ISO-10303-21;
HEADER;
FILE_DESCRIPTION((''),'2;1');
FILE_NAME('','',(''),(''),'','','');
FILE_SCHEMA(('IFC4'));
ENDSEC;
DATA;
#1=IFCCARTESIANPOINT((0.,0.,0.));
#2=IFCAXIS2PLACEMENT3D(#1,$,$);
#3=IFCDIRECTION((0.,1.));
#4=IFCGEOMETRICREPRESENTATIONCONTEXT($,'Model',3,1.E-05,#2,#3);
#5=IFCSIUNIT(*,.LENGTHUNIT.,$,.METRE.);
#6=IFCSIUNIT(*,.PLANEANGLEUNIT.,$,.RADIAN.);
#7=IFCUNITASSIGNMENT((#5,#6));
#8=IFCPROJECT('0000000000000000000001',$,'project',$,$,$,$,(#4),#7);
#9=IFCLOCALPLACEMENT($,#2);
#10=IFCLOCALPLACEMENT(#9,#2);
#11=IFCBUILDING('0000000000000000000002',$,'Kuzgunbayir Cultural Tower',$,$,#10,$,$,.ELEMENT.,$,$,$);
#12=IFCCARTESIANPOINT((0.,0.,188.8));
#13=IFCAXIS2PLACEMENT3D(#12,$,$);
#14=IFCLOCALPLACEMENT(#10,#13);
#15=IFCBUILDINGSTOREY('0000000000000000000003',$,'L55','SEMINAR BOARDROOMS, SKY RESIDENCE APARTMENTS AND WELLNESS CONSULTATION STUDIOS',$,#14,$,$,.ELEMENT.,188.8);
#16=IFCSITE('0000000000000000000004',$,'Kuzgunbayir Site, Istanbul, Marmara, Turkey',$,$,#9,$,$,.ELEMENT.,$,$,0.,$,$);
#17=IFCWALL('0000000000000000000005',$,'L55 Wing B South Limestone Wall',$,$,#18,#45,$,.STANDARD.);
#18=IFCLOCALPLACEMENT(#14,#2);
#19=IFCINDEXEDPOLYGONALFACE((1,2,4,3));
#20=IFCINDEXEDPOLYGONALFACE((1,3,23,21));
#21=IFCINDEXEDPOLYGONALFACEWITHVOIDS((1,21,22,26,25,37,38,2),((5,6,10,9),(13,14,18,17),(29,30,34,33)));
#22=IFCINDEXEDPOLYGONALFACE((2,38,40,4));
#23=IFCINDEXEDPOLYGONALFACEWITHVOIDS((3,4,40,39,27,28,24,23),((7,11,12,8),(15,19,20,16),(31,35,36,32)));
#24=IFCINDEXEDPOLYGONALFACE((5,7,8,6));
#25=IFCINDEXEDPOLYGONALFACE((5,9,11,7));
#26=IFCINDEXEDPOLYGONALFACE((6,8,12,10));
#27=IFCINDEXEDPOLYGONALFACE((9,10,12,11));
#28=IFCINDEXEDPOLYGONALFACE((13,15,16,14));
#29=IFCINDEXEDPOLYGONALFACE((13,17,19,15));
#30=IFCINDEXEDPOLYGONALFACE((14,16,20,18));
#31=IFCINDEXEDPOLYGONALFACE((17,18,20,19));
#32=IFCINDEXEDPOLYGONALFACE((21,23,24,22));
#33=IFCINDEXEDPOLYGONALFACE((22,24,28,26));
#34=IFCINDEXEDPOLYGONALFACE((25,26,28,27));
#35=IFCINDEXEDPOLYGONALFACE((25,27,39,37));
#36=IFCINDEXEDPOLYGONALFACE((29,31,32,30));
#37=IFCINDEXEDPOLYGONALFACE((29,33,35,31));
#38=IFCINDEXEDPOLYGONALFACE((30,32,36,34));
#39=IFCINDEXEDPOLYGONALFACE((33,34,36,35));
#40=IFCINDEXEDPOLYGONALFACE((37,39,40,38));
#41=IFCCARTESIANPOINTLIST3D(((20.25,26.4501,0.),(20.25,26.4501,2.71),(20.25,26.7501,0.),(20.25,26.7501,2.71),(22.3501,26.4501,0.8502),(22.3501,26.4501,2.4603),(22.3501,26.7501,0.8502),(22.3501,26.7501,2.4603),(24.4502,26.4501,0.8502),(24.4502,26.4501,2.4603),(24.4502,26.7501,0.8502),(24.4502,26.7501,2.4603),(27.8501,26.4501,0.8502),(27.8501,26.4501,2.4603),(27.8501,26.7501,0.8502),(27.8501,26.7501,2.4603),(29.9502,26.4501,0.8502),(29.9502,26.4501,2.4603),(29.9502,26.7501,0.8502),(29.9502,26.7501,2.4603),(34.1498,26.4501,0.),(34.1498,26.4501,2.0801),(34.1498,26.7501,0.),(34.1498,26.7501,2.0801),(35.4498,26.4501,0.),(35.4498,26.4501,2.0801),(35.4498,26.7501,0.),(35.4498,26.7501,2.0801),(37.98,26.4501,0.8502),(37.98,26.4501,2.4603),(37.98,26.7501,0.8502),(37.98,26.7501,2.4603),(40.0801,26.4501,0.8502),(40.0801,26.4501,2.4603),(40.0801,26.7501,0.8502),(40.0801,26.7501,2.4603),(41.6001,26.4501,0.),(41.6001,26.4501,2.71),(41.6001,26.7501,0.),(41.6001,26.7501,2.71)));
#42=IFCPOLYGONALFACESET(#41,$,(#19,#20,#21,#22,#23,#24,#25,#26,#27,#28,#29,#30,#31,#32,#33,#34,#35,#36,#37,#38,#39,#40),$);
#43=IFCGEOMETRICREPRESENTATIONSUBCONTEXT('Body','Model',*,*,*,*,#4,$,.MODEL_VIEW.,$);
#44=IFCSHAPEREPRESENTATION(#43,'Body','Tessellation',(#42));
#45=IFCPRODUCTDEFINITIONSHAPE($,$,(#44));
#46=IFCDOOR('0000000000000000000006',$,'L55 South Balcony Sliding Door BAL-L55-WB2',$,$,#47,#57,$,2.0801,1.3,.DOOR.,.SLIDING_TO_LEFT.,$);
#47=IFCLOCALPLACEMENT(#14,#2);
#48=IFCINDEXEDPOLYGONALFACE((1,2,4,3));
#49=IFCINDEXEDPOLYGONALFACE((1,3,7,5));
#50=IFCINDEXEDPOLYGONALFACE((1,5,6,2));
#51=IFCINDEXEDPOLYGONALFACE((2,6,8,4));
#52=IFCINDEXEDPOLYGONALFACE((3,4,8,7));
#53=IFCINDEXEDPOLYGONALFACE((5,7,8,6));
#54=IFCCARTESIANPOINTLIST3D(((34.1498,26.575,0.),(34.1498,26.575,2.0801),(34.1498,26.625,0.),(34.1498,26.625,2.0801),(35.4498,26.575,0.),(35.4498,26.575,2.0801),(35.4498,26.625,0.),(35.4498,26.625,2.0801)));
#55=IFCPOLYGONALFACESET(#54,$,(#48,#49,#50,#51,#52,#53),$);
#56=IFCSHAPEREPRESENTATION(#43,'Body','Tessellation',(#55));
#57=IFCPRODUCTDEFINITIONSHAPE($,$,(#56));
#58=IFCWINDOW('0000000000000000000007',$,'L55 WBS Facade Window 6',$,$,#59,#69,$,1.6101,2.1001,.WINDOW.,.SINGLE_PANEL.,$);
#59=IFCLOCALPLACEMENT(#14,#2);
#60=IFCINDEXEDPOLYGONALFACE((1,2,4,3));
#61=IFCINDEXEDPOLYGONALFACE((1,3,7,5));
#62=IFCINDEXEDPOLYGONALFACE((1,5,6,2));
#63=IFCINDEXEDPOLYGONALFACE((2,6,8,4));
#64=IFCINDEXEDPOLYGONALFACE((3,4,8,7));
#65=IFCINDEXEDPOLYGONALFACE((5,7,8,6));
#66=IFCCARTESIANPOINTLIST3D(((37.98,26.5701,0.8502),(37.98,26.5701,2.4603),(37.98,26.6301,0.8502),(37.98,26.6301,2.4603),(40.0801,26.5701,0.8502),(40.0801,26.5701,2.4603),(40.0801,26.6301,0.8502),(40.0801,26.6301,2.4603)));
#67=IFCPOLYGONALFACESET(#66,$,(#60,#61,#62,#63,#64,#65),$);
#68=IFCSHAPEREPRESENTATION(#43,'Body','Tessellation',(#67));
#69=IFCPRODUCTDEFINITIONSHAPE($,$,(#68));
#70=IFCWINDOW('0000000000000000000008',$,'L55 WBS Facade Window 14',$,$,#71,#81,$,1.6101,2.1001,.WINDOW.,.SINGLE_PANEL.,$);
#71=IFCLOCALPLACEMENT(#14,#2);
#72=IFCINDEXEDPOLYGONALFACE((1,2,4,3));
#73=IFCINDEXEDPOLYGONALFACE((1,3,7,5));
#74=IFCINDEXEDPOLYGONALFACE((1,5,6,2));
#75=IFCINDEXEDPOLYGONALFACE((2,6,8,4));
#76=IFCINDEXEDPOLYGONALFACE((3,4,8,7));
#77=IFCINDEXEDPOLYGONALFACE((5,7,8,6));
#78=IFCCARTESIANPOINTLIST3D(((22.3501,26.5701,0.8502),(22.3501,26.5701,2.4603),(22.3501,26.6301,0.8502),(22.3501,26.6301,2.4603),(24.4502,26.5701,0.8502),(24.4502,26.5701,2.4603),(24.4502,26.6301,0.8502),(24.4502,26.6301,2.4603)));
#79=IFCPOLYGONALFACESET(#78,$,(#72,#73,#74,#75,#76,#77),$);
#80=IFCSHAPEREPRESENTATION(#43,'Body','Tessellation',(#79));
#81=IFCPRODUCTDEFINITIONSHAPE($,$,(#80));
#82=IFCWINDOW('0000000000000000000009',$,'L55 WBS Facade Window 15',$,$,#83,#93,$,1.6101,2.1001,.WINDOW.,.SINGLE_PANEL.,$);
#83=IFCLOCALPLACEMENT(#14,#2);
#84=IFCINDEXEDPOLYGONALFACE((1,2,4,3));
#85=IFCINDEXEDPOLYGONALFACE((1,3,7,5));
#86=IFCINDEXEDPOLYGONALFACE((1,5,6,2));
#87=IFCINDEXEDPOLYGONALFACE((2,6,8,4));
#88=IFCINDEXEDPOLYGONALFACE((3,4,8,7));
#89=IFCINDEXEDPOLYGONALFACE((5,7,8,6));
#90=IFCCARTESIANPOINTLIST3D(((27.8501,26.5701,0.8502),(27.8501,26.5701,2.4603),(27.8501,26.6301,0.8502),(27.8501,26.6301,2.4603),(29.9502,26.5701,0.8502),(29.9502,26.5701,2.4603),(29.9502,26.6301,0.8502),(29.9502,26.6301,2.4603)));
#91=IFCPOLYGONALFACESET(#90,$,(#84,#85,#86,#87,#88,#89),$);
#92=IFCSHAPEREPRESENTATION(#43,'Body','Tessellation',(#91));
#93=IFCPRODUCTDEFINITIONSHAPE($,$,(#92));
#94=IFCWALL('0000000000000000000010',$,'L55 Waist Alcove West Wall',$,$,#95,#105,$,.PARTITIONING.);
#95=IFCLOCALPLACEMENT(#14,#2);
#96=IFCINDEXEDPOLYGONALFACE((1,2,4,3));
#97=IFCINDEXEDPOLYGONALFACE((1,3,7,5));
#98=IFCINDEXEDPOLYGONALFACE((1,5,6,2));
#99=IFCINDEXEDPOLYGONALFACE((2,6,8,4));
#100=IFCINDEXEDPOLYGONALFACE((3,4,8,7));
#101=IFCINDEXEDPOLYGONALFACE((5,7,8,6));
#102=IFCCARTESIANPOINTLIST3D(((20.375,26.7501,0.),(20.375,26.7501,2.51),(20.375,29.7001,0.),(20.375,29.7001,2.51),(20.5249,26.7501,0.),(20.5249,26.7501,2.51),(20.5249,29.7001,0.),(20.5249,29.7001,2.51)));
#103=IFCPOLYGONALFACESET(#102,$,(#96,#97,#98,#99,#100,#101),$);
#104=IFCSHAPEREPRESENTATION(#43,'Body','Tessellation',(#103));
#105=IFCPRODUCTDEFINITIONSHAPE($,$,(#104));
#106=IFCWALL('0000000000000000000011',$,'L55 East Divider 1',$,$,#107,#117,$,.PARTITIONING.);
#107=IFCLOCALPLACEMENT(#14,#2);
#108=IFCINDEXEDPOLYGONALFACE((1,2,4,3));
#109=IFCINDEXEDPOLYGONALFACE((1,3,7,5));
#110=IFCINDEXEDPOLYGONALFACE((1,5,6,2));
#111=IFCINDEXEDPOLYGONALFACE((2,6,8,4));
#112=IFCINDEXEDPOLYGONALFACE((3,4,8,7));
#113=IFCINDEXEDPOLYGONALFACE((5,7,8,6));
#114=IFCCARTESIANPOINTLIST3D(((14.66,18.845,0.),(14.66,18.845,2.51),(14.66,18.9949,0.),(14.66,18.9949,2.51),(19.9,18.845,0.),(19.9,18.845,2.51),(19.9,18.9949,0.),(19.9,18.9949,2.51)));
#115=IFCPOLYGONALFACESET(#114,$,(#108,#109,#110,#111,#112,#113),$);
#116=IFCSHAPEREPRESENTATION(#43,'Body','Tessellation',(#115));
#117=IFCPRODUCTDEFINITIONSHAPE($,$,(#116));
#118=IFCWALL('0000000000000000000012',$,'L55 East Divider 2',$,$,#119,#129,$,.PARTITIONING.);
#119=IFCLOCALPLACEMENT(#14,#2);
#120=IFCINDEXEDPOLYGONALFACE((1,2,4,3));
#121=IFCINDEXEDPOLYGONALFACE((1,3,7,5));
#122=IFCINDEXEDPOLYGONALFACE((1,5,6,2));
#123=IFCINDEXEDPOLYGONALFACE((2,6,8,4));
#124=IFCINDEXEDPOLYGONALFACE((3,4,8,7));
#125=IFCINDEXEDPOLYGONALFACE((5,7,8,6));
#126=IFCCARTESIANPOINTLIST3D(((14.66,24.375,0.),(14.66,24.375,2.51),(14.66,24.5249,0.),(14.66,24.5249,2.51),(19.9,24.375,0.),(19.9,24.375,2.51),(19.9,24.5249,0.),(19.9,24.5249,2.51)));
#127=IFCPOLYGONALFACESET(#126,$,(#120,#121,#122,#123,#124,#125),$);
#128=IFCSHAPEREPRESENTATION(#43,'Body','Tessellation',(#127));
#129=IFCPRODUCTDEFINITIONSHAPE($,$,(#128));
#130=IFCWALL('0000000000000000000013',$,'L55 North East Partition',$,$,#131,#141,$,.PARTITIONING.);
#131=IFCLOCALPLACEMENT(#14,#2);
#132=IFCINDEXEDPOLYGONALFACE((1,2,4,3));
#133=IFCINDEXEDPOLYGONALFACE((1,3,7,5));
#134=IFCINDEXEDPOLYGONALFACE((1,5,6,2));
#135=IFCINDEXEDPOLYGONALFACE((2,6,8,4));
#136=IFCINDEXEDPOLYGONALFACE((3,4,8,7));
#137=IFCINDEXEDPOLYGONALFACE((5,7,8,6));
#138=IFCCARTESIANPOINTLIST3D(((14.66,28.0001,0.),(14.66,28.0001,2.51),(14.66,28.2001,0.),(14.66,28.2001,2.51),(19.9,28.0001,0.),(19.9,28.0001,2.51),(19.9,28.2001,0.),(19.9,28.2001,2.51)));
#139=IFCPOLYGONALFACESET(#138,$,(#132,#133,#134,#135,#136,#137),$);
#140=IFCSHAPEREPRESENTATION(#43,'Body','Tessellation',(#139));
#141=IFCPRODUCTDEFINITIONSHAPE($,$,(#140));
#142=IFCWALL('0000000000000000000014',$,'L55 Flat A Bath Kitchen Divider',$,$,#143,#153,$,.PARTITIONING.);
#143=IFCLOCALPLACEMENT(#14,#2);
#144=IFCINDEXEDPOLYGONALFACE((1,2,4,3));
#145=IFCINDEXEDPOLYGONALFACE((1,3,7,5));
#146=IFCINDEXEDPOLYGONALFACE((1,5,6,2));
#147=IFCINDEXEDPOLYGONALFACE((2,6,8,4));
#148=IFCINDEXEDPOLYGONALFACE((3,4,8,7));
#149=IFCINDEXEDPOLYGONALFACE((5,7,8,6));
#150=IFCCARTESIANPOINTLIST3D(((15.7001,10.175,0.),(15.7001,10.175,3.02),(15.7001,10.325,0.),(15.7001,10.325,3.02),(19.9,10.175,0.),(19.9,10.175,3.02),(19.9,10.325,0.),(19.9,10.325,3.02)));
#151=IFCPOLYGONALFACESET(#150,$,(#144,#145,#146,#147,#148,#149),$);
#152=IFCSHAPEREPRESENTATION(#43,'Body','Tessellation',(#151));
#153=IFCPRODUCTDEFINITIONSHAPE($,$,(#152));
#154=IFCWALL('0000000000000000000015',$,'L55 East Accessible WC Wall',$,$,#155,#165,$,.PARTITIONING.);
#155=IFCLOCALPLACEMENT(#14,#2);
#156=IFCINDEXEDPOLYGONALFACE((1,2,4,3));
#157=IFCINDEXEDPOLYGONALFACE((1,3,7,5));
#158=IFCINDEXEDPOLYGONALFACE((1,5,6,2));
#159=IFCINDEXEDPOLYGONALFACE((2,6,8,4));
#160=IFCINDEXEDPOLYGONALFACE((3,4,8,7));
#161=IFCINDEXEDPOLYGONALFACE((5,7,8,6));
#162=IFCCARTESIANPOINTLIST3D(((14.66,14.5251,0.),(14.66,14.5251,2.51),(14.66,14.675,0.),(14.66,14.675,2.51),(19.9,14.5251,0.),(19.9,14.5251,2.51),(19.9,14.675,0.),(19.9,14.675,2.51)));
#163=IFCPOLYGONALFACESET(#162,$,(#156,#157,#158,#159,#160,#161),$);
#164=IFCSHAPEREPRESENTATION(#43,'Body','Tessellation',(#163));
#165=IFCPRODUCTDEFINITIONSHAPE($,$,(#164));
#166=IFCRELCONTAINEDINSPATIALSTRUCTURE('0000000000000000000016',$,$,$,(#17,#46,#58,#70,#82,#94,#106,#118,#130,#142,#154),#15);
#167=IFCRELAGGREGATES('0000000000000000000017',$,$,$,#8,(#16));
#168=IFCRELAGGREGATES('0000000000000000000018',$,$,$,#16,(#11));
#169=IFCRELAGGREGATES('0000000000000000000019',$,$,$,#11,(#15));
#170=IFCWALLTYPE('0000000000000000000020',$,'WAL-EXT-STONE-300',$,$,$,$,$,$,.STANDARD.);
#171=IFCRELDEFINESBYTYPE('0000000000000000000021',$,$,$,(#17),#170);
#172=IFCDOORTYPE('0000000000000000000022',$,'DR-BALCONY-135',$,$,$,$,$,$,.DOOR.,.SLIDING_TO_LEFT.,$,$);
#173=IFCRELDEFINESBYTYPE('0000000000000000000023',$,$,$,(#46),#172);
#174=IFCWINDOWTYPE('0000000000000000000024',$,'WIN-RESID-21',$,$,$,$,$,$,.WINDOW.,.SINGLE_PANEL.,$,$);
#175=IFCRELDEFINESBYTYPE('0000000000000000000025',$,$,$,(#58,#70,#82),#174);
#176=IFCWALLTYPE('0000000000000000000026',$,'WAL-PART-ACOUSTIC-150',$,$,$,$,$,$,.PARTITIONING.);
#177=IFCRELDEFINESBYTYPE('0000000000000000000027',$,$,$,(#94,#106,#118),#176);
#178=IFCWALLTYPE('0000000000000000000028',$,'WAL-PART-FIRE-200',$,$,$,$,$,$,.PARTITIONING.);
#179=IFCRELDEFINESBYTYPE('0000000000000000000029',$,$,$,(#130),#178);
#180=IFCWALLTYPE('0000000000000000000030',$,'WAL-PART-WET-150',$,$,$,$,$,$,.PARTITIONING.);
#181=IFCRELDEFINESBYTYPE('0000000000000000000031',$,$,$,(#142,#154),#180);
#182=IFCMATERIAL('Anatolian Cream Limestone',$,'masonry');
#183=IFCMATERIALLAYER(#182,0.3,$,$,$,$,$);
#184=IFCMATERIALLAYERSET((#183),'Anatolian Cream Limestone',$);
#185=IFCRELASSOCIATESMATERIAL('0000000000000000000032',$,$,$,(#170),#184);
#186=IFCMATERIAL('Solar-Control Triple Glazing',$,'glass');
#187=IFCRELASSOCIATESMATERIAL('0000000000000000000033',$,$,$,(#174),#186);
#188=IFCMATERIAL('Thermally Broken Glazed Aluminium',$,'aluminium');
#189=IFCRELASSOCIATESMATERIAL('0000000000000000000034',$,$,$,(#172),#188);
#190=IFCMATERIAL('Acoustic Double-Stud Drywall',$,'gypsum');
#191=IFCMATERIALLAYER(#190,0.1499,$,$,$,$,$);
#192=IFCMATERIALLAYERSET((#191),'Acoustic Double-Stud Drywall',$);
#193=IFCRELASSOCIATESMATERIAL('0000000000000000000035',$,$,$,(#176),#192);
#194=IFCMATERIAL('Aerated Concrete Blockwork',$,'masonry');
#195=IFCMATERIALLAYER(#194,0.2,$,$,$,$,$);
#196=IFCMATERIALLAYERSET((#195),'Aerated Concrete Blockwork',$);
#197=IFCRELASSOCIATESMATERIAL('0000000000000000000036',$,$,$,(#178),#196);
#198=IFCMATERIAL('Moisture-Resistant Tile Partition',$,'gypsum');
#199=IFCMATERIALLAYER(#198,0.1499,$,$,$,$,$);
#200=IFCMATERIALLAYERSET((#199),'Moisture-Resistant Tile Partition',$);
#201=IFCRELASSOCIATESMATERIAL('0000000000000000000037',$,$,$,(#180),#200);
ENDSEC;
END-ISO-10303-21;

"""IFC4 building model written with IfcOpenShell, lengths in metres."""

from ifc_helpers import new_model, si_unit, direction, frame, frame_2d, origin, place, context, subcontext, project, spatial, rectangle, extrude, material, layer, layer_set, type_object, element, fill, save


model = new_model("IFC4")

# Units and contexts
model_context = context("Model", 3, precision=1e-05, world=origin(), true_north=direction((0.0, 1.0)))
body_context = subcontext(model_context, "Body", "Model", "MODEL_VIEW")
ifc_project = project(units=[si_unit("LENGTHUNIT", "METRE"), si_unit("PLANEANGLEUNIT", "RADIAN")], contexts=[model_context])

# Site, building, storey
site_placement = place(None, origin())
site = spatial("IfcSite", under=ifc_project, at=site_placement, Name="Kuzgunbayir Site, Istanbul, Marmara, Turkey", CompositionType="ELEMENT", RefElevation=0.0)
building_placement = place(site_placement, origin())
building = spatial("IfcBuilding", under=site, at=building_placement, Name="Kuzgunbayir Cultural Tower", CompositionType="ELEMENT")
storey_placement = place(building_placement, frame((0.0, 0.0, 188.8)))
storey = spatial("IfcBuildingStorey", under=building, at=storey_placement, Name="L55", Description="SEMINAR BOARDROOMS, SKY RESIDENCE APARTMENTS AND WELLNESS CONSULTATION STUDIOS", CompositionType="ELEMENT", Elevation=188.8)

# Shared definitions
ifc_material_1 = material(Name="Anatolian Cream Limestone", Category="masonry")
ifc_layer_1 = layer(ifc_material_1, 0.3)
ifc_layer_set_1 = layer_set([ifc_layer_1], Name="Anatolian Cream Limestone")
wall_type_1 = type_object("IfcWallType", Name="WAL-EXT-STONE-300", PredefinedType="STANDARD", material=ifc_layer_set_1)
ifc_material_2 = material(Name="Solar-Control Triple Glazing", Category="glass")
window_type_1 = type_object("IfcWindowType", Name="WIN-RESID-21", PartitioningType="SINGLE_PANEL", PredefinedType="WINDOW", material=ifc_material_2)

# Wall, openings, door, windows
wall_1_placement = place(storey_placement, frame((20.25, 26.6001, 0.0), z_axis=(0.0, 0.0, 1.0), x_axis=(1.0, 0.0, 0.0)))
wall_1 = element("IfcWall", 1, at=wall_1_placement, inside=storey, type_object=wall_type_1, Name="L55 Wing B South Limestone Wall", PredefinedType="STANDARD", context=body_context, shape_type="SweptSolid", body=[
    extrude(rectangle(XDim=21.3501, YDim=0.3, at=frame_2d((10.675, 0.0))), origin(), (0.0, 0.0, 1.0), 2.71),
])
opening_1_placement = place(wall_1_placement, frame((13.8999, 0.0, 0.0)))
opening_1 = element("IfcOpeningElement", 2, at=opening_1_placement, cuts=wall_1, PredefinedType="OPENING", context=body_context, shape_type="SweptSolid", body=[
    extrude(rectangle(XDim=1.3, YDim=2.0801, at=frame_2d((0.6499, 1.04))), frame((0.0, 0.1602, 0.0), z_axis=(0.0, -1.0, 0.0), x_axis=(1.0, 0.0, 0.0)), (0.0, 0.0, 1.0), 0.3201),
])
opening_2_placement = place(wall_1_placement, frame((17.73, 0.0, 0.8501)))
opening_2 = element("IfcOpeningElement", 3, at=opening_2_placement, cuts=wall_1, PredefinedType="OPENING", context=body_context, shape_type="SweptSolid", body=[
    extrude(rectangle(XDim=2.1001, YDim=1.6101, at=frame_2d((1.05, 0.8052))), frame((0.0, 0.1602, 0.0), z_axis=(0.0, -1.0, 0.0), x_axis=(1.0, 0.0, 0.0)), (0.0, 0.0, 1.0), 0.3201),
])
opening_3_placement = place(wall_1_placement, frame((2.1001, 0.0, 0.8501)))
opening_3 = element("IfcOpeningElement", 4, at=opening_3_placement, cuts=wall_1, PredefinedType="OPENING", context=body_context, shape_type="SweptSolid", body=[
    extrude(rectangle(XDim=2.1001, YDim=1.6101, at=frame_2d((1.05, 0.8052))), frame((0.0, 0.1602, 0.0), z_axis=(0.0, -1.0, 0.0), x_axis=(1.0, 0.0, 0.0)), (0.0, 0.0, 1.0), 0.3201),
])
opening_4_placement = place(wall_1_placement, frame((7.6001, 0.0, 0.8501)))
opening_4 = element("IfcOpeningElement", 5, at=opening_4_placement, cuts=wall_1, PredefinedType="OPENING", context=body_context, shape_type="SweptSolid", body=[
    extrude(rectangle(XDim=2.1001, YDim=1.6101, at=frame_2d((1.05, 0.8052))), frame((0.0, 0.1602, 0.0), z_axis=(0.0, -1.0, 0.0), x_axis=(1.0, 0.0, 0.0)), (0.0, 0.0, 1.0), 0.3201),
])
ifc_material_3 = material(Name="Thermally Broken Glazed Aluminium", Category="aluminium")
door_type_1 = type_object("IfcDoorType", Name="DR-BALCONY-135", OperationType="SLIDING_TO_LEFT", PredefinedType="DOOR", material=ifc_material_3)
door_1_placement = place(opening_1_placement, origin())
door_1 = element("IfcDoor", 6, at=door_1_placement, inside=storey, type_object=door_type_1, Name="L55 South Balcony Sliding Door BAL-L55-WB2", OperationType="SLIDING_TO_LEFT", OverallHeight=2.0801, OverallWidth=1.3, PredefinedType="DOOR", context=body_context, shape_type="SweptSolid", body=[
    extrude(rectangle(XDim=1.3, YDim=2.0801, at=frame_2d((0.6499, 1.04))), frame((0.0, 0.0249, 0.0), z_axis=(0.0, -1.0, 0.0), x_axis=(1.0, 0.0, 0.0)), (0.0, 0.0, 1.0), 0.05),
])
fill(opening_1, door_1)
window_1_placement = place(opening_2_placement, origin())
window_1 = element("IfcWindow", 7, at=window_1_placement, inside=storey, type_object=window_type_1, Name="L55 WBS Facade Window 6", OverallHeight=1.6101, OverallWidth=2.1001, PartitioningType="SINGLE_PANEL", PredefinedType="WINDOW", context=body_context, shape_type="SweptSolid", body=[
    extrude(rectangle(XDim=2.1001, YDim=1.6101, at=frame_2d((1.05, 0.8052))), frame((0.0, 0.03, 0.0), z_axis=(0.0, -1.0, 0.0), x_axis=(1.0, 0.0, 0.0)), (0.0, 0.0, 1.0), 0.0601),
])
fill(opening_2, window_1)
window_2_placement = place(opening_3_placement, origin())
window_2 = element("IfcWindow", 8, at=window_2_placement, inside=storey, type_object=window_type_1, Name="L55 WBS Facade Window 14", OverallHeight=1.6101, OverallWidth=2.1001, PartitioningType="SINGLE_PANEL", PredefinedType="WINDOW", context=body_context, shape_type="SweptSolid", body=[
    extrude(rectangle(XDim=2.1001, YDim=1.6101, at=frame_2d((1.05, 0.8052))), frame((0.0, 0.03, 0.0), z_axis=(0.0, -1.0, 0.0), x_axis=(1.0, 0.0, 0.0)), (0.0, 0.0, 1.0), 0.0601),
])
fill(opening_3, window_2)
window_3_placement = place(opening_4_placement, origin())
window_3 = element("IfcWindow", 9, at=window_3_placement, inside=storey, type_object=window_type_1, Name="L55 WBS Facade Window 15", OverallHeight=1.6101, OverallWidth=2.1001, PartitioningType="SINGLE_PANEL", PredefinedType="WINDOW", context=body_context, shape_type="SweptSolid", body=[
    extrude(rectangle(XDim=2.1001, YDim=1.6101, at=frame_2d((1.05, 0.8052))), frame((0.0, 0.03, 0.0), z_axis=(0.0, -1.0, 0.0), x_axis=(1.0, 0.0, 0.0)), (0.0, 0.0, 1.0), 0.0601),
])
fill(opening_4, window_3)

# Walls
ifc_material_4 = material(Name="Acoustic Double-Stud Drywall", Category="gypsum")
ifc_layer_2 = layer(ifc_material_4, 0.1499)
ifc_layer_set_2 = layer_set([ifc_layer_2], Name="Acoustic Double-Stud Drywall")
wall_type_2 = type_object("IfcWallType", Name="WAL-PART-ACOUSTIC-150", PredefinedType="PARTITIONING", material=ifc_layer_set_2)
wall_2_placement = place(storey_placement, frame((20.45, 26.75, 0.0), z_axis=(0.0, 0.0, 1.0), x_axis=(0.0, 1.0, 0.0)))
element("IfcWall", 10, at=wall_2_placement, inside=storey, type_object=wall_type_2, Name="L55 Waist Alcove West Wall", PredefinedType="PARTITIONING", context=body_context, shape_type="SweptSolid", body=[
    extrude(rectangle(XDim=2.95, YDim=0.1499, at=frame_2d((1.4751, 0.0))), origin(), (0.0, 0.0, 1.0), 2.51),
])
for number, where, z_axis, x_axis, name in (
    (11, (14.6599, 18.9199, 0.0), (0.0, 0.0, 1.0), (1.0, 0.0, 0.0), "L55 East Divider 1"),
    (12, (14.6599, 24.45, 0.0), (0.0, 0.0, 1.0), (1.0, 0.0, 0.0), "L55 East Divider 2"),
):
    element("IfcWall", number, at=place(storey_placement, frame(where, z_axis=z_axis, x_axis=x_axis)), inside=storey, type_object=wall_type_2, Name=name, PredefinedType="PARTITIONING", context=body_context, shape_type="SweptSolid", body=[
        extrude(rectangle(XDim=5.24, YDim=0.1499, at=frame_2d((2.6201, 0.0))), origin(), (0.0, 0.0, 1.0), 2.51),
    ])
ifc_material_5 = material(Name="Aerated Concrete Blockwork", Category="masonry")
ifc_layer_3 = layer(ifc_material_5, 0.2)
ifc_layer_set_3 = layer_set([ifc_layer_3], Name="Aerated Concrete Blockwork")
wall_type_3 = type_object("IfcWallType", Name="WAL-PART-FIRE-200", PredefinedType="PARTITIONING", material=ifc_layer_set_3)
wall_3_placement = place(storey_placement, frame((14.6599, 28.1001, 0.0), z_axis=(0.0, 0.0, 1.0), x_axis=(1.0, 0.0, 0.0)))
element("IfcWall", 13, at=wall_3_placement, inside=storey, type_object=wall_type_3, Name="L55 North East Partition", PredefinedType="PARTITIONING", context=body_context, shape_type="SweptSolid", body=[
    extrude(rectangle(XDim=5.24, YDim=0.2, at=frame_2d((2.6201, 0.0))), origin(), (0.0, 0.0, 1.0), 2.51),
])

# Shared definitions
ifc_material_6 = material(Name="Moisture-Resistant Tile Partition", Category="gypsum")
ifc_layer_4 = layer(ifc_material_6, 0.1499)
ifc_layer_set_4 = layer_set([ifc_layer_4], Name="Moisture-Resistant Tile Partition")
wall_type_4 = type_object("IfcWallType", Name="WAL-PART-WET-150", PredefinedType="PARTITIONING", material=ifc_layer_set_4)

# Walls
wall_4_placement = place(storey_placement, frame((15.7, 10.25, 0.0), z_axis=(0.0, 0.0, 1.0), x_axis=(1.0, 0.0, 0.0)))
element("IfcWall", 14, at=wall_4_placement, inside=storey, type_object=wall_type_4, Name="L55 Flat A Bath Kitchen Divider", PredefinedType="PARTITIONING", context=body_context, shape_type="SweptSolid", body=[
    extrude(rectangle(XDim=4.2, YDim=0.1499, at=frame_2d((2.1001, 0.0))), origin(), (0.0, 0.0, 1.0), 3.02),
])
wall_5_placement = place(storey_placement, frame((14.6599, 14.6001, 0.0), z_axis=(0.0, 0.0, 1.0), x_axis=(1.0, 0.0, 0.0)))
element("IfcWall", 15, at=wall_5_placement, inside=storey, type_object=wall_type_4, Name="L55 East Accessible WC Wall", PredefinedType="PARTITIONING", context=body_context, shape_type="SweptSolid", body=[
    extrude(rectangle(XDim=5.24, YDim=0.1499, at=frame_2d((2.6201, 0.0))), origin(), (0.0, 0.0, 1.0), 2.51),
])

save(model, "model.ifc")
